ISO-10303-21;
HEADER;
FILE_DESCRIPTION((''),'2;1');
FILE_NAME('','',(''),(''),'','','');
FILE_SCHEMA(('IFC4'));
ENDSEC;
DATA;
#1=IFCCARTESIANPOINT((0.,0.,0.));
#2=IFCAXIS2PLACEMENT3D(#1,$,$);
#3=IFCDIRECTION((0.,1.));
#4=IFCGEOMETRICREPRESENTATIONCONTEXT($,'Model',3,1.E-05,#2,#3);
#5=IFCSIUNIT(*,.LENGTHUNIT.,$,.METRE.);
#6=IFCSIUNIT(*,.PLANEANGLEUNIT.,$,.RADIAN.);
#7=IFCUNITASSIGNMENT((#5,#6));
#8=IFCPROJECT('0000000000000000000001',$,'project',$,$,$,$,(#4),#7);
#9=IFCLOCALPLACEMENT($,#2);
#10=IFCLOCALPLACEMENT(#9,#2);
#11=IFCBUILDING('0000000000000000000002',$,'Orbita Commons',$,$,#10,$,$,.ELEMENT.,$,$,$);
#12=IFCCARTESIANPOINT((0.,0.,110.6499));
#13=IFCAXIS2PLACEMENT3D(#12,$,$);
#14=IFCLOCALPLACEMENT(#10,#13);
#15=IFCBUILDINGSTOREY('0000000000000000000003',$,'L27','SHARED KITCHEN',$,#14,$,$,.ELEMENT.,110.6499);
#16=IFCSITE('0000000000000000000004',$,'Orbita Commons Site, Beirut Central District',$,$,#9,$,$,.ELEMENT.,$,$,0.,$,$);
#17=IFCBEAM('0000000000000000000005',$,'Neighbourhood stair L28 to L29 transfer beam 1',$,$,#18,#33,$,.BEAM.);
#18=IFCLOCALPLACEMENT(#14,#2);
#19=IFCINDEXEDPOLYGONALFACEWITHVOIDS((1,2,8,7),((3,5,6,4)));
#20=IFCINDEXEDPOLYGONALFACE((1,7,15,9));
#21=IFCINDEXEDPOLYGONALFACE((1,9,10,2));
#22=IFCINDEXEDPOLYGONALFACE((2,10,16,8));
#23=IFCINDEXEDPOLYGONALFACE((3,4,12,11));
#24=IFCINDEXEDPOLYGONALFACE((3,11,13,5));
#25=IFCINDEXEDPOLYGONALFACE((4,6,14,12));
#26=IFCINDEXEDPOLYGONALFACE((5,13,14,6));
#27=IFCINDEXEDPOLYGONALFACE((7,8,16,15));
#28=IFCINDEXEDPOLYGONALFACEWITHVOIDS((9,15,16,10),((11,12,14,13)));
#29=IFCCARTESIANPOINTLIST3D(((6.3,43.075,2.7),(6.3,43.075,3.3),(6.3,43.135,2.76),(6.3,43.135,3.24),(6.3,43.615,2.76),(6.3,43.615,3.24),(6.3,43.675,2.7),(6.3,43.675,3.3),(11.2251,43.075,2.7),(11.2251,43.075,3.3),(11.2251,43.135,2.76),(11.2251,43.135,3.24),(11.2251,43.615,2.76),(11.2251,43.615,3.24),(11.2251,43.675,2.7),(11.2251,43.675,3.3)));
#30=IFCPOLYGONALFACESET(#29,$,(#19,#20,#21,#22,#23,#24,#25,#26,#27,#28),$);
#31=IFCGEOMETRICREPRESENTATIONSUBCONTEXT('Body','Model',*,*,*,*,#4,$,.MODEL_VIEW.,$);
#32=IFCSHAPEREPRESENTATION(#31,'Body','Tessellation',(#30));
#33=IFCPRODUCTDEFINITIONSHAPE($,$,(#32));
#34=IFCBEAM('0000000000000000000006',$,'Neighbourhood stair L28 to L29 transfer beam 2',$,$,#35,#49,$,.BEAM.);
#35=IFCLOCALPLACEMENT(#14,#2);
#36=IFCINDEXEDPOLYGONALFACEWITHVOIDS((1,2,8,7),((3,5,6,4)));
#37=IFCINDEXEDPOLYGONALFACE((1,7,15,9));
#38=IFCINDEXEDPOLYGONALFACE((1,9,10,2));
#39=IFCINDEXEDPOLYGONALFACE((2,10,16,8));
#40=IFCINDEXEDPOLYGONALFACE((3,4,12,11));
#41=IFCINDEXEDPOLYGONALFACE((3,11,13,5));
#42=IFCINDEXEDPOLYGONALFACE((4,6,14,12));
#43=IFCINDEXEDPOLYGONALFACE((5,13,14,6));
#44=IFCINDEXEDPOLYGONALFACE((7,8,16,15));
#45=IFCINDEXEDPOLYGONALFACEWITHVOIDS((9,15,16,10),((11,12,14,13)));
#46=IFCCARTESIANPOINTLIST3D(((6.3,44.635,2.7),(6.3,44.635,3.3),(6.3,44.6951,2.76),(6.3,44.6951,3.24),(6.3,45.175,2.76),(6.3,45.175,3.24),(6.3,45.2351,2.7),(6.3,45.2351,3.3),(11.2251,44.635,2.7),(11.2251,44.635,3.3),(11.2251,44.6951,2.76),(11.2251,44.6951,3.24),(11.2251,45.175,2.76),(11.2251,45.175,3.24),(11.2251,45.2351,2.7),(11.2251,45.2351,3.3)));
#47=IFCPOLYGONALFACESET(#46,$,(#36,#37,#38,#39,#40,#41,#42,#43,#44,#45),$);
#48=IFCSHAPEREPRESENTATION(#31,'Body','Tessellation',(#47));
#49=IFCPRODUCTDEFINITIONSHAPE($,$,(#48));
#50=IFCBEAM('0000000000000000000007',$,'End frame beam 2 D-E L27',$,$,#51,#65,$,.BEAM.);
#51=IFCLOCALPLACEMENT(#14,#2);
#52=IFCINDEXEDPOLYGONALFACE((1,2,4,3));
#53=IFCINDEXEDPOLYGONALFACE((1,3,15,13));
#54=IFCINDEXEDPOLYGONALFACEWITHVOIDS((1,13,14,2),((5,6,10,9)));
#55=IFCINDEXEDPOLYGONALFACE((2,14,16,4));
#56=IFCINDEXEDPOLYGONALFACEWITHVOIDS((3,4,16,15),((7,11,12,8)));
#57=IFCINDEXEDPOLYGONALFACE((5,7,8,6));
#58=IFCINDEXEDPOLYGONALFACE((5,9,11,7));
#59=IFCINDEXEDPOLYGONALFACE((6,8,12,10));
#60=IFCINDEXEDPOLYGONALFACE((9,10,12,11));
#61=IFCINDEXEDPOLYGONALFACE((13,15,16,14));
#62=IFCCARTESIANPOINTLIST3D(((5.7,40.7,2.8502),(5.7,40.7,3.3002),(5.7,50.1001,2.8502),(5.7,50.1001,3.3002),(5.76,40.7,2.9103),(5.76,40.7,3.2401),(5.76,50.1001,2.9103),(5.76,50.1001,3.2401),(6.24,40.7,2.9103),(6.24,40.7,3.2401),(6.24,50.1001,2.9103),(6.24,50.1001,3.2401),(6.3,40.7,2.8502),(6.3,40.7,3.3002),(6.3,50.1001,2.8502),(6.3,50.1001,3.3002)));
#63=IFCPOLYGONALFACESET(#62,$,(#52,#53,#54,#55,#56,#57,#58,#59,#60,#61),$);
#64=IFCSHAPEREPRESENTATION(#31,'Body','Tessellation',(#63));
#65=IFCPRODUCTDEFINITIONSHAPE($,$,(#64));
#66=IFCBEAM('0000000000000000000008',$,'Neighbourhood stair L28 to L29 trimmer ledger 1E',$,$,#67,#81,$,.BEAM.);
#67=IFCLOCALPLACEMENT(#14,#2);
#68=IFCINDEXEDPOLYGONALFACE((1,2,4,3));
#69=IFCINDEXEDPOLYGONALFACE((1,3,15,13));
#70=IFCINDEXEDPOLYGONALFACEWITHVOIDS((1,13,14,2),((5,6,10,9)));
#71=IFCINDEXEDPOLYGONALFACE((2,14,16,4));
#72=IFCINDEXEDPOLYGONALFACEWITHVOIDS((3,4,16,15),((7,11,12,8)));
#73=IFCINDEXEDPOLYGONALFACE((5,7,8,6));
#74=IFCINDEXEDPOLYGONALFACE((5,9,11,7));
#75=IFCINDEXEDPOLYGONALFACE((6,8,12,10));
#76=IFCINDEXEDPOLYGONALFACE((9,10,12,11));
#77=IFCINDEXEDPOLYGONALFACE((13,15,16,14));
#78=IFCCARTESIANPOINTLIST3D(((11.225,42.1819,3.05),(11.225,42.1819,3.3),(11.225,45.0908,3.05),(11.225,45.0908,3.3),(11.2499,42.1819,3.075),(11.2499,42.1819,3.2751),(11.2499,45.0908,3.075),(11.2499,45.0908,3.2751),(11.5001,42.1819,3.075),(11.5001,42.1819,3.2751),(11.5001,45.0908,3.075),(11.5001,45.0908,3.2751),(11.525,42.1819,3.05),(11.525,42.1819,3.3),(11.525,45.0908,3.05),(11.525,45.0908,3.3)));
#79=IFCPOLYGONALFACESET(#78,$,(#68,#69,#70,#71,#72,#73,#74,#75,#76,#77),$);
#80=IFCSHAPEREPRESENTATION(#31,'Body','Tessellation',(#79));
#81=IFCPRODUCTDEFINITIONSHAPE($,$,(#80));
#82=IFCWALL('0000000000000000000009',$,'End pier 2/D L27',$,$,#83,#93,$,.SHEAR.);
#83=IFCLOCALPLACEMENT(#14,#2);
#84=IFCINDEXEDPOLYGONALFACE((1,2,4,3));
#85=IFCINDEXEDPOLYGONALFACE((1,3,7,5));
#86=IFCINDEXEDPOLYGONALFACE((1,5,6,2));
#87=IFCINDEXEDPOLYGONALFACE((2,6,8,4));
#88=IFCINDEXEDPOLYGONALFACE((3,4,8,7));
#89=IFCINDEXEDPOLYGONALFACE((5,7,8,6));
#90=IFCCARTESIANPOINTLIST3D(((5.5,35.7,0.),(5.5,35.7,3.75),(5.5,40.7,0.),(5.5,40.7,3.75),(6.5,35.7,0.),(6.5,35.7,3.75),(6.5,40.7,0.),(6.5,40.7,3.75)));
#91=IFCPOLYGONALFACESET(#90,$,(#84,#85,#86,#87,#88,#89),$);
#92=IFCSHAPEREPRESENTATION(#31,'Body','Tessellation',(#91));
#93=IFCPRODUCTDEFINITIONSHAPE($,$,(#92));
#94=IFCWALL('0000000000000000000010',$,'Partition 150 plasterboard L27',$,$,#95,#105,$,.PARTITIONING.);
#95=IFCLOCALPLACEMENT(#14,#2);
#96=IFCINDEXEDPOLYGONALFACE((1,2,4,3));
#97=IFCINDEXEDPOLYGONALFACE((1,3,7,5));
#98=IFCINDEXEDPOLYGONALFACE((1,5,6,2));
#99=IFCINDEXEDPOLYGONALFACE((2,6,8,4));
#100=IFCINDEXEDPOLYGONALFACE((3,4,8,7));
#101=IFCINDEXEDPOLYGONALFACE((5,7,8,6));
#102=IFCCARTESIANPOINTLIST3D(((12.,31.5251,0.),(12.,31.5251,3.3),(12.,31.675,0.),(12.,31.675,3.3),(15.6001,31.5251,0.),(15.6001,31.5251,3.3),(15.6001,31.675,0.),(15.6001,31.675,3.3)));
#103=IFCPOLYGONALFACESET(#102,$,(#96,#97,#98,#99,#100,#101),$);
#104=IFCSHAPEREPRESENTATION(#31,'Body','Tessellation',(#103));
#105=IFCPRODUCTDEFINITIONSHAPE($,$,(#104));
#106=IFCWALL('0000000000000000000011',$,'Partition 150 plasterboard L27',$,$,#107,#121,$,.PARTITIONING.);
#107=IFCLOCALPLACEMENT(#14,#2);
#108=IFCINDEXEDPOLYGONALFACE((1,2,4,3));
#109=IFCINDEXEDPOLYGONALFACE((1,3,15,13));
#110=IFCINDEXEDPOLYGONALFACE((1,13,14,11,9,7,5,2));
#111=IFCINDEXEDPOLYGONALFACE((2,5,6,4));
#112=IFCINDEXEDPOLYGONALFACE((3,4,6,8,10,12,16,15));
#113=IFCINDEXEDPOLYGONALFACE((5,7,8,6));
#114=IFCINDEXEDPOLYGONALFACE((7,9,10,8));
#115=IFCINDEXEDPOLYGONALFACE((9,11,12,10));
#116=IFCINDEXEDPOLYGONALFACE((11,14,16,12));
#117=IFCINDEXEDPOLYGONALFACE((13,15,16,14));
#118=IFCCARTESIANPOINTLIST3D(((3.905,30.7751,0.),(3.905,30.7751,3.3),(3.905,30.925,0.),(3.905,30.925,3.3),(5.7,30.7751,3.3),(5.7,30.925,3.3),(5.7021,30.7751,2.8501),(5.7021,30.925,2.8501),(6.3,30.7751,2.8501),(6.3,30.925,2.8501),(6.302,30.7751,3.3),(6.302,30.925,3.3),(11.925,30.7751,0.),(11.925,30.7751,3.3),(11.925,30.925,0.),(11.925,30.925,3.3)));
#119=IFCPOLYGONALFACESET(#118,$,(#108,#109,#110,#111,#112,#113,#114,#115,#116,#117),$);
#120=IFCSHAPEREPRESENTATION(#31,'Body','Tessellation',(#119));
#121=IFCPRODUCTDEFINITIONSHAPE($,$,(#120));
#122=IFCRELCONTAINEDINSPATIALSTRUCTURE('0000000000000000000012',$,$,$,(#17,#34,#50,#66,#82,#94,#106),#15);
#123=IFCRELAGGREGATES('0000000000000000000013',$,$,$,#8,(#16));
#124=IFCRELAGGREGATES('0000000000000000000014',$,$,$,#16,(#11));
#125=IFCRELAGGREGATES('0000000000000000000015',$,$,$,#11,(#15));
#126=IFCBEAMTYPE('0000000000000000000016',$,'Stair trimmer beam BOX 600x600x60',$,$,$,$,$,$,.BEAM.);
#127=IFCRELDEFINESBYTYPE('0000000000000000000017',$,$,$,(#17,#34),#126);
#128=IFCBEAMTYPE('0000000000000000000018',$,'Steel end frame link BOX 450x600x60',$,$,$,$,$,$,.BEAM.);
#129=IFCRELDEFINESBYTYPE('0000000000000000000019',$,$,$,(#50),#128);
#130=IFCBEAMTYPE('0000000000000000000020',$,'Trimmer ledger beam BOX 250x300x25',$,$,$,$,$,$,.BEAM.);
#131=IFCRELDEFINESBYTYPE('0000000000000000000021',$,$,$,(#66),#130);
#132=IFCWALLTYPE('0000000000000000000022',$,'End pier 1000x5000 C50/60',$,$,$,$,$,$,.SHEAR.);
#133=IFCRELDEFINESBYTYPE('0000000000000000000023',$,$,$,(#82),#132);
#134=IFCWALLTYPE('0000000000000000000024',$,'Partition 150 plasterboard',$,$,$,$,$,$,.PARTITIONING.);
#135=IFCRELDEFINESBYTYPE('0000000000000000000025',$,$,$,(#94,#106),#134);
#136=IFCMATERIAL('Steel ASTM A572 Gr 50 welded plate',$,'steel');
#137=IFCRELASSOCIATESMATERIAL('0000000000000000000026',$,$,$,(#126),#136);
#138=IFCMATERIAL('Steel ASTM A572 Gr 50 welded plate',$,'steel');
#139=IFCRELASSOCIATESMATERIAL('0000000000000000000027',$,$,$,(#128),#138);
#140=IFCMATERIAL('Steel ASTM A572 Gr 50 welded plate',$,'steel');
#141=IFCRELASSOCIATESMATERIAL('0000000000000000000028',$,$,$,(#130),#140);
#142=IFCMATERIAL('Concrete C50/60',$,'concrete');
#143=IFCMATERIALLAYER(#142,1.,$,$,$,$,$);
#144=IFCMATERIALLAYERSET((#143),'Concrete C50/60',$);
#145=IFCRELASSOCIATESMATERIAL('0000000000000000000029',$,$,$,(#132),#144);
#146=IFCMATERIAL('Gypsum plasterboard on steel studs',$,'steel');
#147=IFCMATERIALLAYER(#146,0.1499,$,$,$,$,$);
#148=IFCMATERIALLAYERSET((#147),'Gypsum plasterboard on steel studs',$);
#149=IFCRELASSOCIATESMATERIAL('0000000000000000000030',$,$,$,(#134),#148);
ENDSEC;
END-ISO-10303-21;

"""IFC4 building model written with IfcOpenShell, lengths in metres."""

from ifc_helpers import new_model, si_unit, direction, frame, frame_2d, origin, origin_2d, place, context, subcontext, project, spatial, polyline, rectangle, hollow_rectangle, outline, extrude, material, layer, layer_set, material_profile, profile_set, type_object, element, save


model = new_model("IFC4")

# Units and contexts
model_context = context("Model", 3, precision=1e-05, world=origin(), true_north=direction((0.0, 1.0)))
body_context = subcontext(model_context, "Body", "Model", "MODEL_VIEW")
ifc_project = project(units=[si_unit("LENGTHUNIT", "METRE"), si_unit("PLANEANGLEUNIT", "RADIAN")], contexts=[model_context])

# Site, building, storey
site_placement = place(None, origin())
site = spatial("IfcSite", under=ifc_project, at=site_placement, Name="Orbita Commons Site, Beirut Central District", CompositionType="ELEMENT", RefElevation=0.0)
building_placement = place(site_placement, origin())
building = spatial("IfcBuilding", under=site, at=building_placement, Name="Orbita Commons", CompositionType="ELEMENT")
storey_placement = place(building_placement, frame((0.0, 0.0, 110.6499)))
storey = spatial("IfcBuildingStorey", under=building, at=storey_placement, Name="L27", Description="SHARED KITCHEN", CompositionType="ELEMENT", Elevation=110.6499)

# Beams
ifc_material_1 = material(Name="Steel ASTM A572 Gr 50 welded plate", Category="steel")
ifc_material_profile_1 = material_profile(ifc_material_1, hollow_rectangle(XDim=0.6001, YDim=0.6001, WallThickness=0.0601, at=origin_2d()), Name="BOX 600x600x60")
ifc_profile_set_1 = profile_set([ifc_material_profile_1], Name="Steel ASTM A572 Gr 50 welded plate")
beam_type_1 = type_object("IfcBeamType", Name="Stair trimmer beam BOX 600x600x60", PredefinedType="BEAM", material=ifc_profile_set_1)
for number, where, z_axis, x_axis, name in (
    (1, (6.3, 43.375, 3.0), (1.0, 0.0, 0.0), (0.0, 1.0, 0.0), "Neighbourhood stair L28 to L29 transfer beam 1"),
    (2, (6.3, 44.9351, 3.0), (1.0, 0.0, 0.0), (0.0, 1.0, 0.0), "Neighbourhood stair L28 to L29 transfer beam 2"),
):
    element("IfcBeam", number, at=place(storey_placement, frame(where, z_axis=z_axis, x_axis=x_axis)), inside=storey, type_object=beam_type_1, Name=name, PredefinedType="BEAM", context=body_context, shape_type="SweptSolid", body=[
        extrude(hollow_rectangle(XDim=0.6001, YDim=0.6001, WallThickness=0.0601, at=origin_2d()), origin(), (0.0, 0.0, 1.0), 4.925),
    ])
ifc_material_2 = material(Name="Steel ASTM A572 Gr 50 welded plate", Category="steel")
ifc_material_profile_2 = material_profile(ifc_material_2, hollow_rectangle(XDim=0.6001, YDim=0.45, WallThickness=0.0601, at=origin_2d()), Name="BOX 450x600x60")
ifc_profile_set_2 = profile_set([ifc_material_profile_2], Name="Steel ASTM A572 Gr 50 welded plate")
beam_type_2 = type_object("IfcBeamType", Name="Steel end frame link BOX 450x600x60", PredefinedType="BEAM", material=ifc_profile_set_2)
beam_1_placement = place(storey_placement, frame((6.0, 40.7, 3.0752), z_axis=(0.0, 1.0, 0.0), x_axis=(-1.0, 0.0, 0.0)))
element("IfcBeam", 3, at=beam_1_placement, inside=storey, type_object=beam_type_2, Name="End frame beam 2 D-E L27", PredefinedType="BEAM", context=body_context, shape_type="SweptSolid", body=[
    extrude(hollow_rectangle(XDim=0.6001, YDim=0.45, WallThickness=0.0601, at=origin_2d()), origin(), (0.0, 0.0, 1.0), 9.4001),
])
ifc_material_3 = material(Name="Steel ASTM A572 Gr 50 welded plate", Category="steel")
ifc_material_profile_3 = material_profile(ifc_material_3, hollow_rectangle(XDim=0.3, YDim=0.25, WallThickness=0.0249, at=origin_2d()), Name="BOX 250x300x25")
ifc_profile_set_3 = profile_set([ifc_material_profile_3], Name="Steel ASTM A572 Gr 50 welded plate")
beam_type_3 = type_object("IfcBeamType", Name="Trimmer ledger beam BOX 250x300x25", PredefinedType="BEAM", material=ifc_profile_set_3)
beam_2_placement = place(storey_placement, frame((11.375, 42.1819, 3.175), z_axis=(0.0, 1.0, 0.0), x_axis=(-1.0, 0.0, 0.0)))
element("IfcBeam", 4, at=beam_2_placement, inside=storey, type_object=beam_type_3, Name="Neighbourhood stair L28 to L29 trimmer ledger 1E", PredefinedType="BEAM", context=body_context, shape_type="SweptSolid", body=[
    extrude(hollow_rectangle(XDim=0.3, YDim=0.25, WallThickness=0.0249, at=origin_2d()), origin(), (0.0, 0.0, 1.0), 2.9089),
])

# Walls
ifc_material_4 = material(Name="Concrete C50/60", Category="concrete")
ifc_layer_1 = layer(ifc_material_4, 1.0)
ifc_layer_set_1 = layer_set([ifc_layer_1], Name="Concrete C50/60")
wall_type_1 = type_object("IfcWallType", Name="End pier 1000x5000 C50/60", PredefinedType="SHEAR", material=ifc_layer_set_1)
wall_1_placement = place(storey_placement, frame((6.0, 35.7, 0.0), z_axis=(0.0, 0.0, 1.0), x_axis=(0.0, 1.0, 0.0)))
element("IfcWall", 5, at=wall_1_placement, inside=storey, type_object=wall_type_1, Name="End pier 2/D L27", PredefinedType="SHEAR", context=body_context, shape_type="SweptSolid", body=[
    extrude(rectangle(XDim=5.0, YDim=1.0, at=frame_2d((2.5, 0.0))), origin(), (0.0, 0.0, 1.0), 3.75),
])
ifc_material_5 = material(Name="Gypsum plasterboard on steel studs", Category="steel")
ifc_layer_2 = layer(ifc_material_5, 0.1499)
ifc_layer_set_2 = layer_set([ifc_layer_2], Name="Gypsum plasterboard on steel studs")
wall_type_2 = type_object("IfcWallType", Name="Partition 150 plasterboard", PredefinedType="PARTITIONING", material=ifc_layer_set_2)
wall_2_placement = place(storey_placement, frame((12.0, 31.6001, 0.0), z_axis=(0.0, 0.0, 1.0), x_axis=(1.0, 0.0, 0.0)))
element("IfcWall", 6, at=wall_2_placement, inside=storey, type_object=wall_type_2, Name="Partition 150 plasterboard L27", PredefinedType="PARTITIONING", context=body_context, shape_type="SweptSolid", body=[
    extrude(rectangle(XDim=3.6001, YDim=0.1499, at=frame_2d((1.8, 0.0))), origin(), (0.0, 0.0, 1.0), 3.3),
])
wall_3_placement = place(storey_placement, frame((3.905, 30.8501, 0.0), z_axis=(0.0, 0.0, 1.0), x_axis=(1.0, 0.0, 0.0)))
element("IfcWall", 7, at=wall_3_placement, inside=storey, type_object=wall_type_2, Name="Partition 150 plasterboard L27", PredefinedType="PARTITIONING", context=body_context, shape_type="SweptSolid", body=[
    extrude(outline(polyline([(0.0, 0.0), (8.02, 0.0), (8.02, 3.3), (2.397, 3.3), (2.395, 2.8501), (1.7971, 2.8501), (1.7949, 3.3), (0.0, 3.3), (0.0, 0.0)])), frame((0.0, 0.075, 0.0), z_axis=(0.0, -1.0, 0.0), x_axis=(1.0, 0.0, 0.0)), (0.0, 0.0, 1.0), 0.1499),
])

save(model, "model.ifc")
